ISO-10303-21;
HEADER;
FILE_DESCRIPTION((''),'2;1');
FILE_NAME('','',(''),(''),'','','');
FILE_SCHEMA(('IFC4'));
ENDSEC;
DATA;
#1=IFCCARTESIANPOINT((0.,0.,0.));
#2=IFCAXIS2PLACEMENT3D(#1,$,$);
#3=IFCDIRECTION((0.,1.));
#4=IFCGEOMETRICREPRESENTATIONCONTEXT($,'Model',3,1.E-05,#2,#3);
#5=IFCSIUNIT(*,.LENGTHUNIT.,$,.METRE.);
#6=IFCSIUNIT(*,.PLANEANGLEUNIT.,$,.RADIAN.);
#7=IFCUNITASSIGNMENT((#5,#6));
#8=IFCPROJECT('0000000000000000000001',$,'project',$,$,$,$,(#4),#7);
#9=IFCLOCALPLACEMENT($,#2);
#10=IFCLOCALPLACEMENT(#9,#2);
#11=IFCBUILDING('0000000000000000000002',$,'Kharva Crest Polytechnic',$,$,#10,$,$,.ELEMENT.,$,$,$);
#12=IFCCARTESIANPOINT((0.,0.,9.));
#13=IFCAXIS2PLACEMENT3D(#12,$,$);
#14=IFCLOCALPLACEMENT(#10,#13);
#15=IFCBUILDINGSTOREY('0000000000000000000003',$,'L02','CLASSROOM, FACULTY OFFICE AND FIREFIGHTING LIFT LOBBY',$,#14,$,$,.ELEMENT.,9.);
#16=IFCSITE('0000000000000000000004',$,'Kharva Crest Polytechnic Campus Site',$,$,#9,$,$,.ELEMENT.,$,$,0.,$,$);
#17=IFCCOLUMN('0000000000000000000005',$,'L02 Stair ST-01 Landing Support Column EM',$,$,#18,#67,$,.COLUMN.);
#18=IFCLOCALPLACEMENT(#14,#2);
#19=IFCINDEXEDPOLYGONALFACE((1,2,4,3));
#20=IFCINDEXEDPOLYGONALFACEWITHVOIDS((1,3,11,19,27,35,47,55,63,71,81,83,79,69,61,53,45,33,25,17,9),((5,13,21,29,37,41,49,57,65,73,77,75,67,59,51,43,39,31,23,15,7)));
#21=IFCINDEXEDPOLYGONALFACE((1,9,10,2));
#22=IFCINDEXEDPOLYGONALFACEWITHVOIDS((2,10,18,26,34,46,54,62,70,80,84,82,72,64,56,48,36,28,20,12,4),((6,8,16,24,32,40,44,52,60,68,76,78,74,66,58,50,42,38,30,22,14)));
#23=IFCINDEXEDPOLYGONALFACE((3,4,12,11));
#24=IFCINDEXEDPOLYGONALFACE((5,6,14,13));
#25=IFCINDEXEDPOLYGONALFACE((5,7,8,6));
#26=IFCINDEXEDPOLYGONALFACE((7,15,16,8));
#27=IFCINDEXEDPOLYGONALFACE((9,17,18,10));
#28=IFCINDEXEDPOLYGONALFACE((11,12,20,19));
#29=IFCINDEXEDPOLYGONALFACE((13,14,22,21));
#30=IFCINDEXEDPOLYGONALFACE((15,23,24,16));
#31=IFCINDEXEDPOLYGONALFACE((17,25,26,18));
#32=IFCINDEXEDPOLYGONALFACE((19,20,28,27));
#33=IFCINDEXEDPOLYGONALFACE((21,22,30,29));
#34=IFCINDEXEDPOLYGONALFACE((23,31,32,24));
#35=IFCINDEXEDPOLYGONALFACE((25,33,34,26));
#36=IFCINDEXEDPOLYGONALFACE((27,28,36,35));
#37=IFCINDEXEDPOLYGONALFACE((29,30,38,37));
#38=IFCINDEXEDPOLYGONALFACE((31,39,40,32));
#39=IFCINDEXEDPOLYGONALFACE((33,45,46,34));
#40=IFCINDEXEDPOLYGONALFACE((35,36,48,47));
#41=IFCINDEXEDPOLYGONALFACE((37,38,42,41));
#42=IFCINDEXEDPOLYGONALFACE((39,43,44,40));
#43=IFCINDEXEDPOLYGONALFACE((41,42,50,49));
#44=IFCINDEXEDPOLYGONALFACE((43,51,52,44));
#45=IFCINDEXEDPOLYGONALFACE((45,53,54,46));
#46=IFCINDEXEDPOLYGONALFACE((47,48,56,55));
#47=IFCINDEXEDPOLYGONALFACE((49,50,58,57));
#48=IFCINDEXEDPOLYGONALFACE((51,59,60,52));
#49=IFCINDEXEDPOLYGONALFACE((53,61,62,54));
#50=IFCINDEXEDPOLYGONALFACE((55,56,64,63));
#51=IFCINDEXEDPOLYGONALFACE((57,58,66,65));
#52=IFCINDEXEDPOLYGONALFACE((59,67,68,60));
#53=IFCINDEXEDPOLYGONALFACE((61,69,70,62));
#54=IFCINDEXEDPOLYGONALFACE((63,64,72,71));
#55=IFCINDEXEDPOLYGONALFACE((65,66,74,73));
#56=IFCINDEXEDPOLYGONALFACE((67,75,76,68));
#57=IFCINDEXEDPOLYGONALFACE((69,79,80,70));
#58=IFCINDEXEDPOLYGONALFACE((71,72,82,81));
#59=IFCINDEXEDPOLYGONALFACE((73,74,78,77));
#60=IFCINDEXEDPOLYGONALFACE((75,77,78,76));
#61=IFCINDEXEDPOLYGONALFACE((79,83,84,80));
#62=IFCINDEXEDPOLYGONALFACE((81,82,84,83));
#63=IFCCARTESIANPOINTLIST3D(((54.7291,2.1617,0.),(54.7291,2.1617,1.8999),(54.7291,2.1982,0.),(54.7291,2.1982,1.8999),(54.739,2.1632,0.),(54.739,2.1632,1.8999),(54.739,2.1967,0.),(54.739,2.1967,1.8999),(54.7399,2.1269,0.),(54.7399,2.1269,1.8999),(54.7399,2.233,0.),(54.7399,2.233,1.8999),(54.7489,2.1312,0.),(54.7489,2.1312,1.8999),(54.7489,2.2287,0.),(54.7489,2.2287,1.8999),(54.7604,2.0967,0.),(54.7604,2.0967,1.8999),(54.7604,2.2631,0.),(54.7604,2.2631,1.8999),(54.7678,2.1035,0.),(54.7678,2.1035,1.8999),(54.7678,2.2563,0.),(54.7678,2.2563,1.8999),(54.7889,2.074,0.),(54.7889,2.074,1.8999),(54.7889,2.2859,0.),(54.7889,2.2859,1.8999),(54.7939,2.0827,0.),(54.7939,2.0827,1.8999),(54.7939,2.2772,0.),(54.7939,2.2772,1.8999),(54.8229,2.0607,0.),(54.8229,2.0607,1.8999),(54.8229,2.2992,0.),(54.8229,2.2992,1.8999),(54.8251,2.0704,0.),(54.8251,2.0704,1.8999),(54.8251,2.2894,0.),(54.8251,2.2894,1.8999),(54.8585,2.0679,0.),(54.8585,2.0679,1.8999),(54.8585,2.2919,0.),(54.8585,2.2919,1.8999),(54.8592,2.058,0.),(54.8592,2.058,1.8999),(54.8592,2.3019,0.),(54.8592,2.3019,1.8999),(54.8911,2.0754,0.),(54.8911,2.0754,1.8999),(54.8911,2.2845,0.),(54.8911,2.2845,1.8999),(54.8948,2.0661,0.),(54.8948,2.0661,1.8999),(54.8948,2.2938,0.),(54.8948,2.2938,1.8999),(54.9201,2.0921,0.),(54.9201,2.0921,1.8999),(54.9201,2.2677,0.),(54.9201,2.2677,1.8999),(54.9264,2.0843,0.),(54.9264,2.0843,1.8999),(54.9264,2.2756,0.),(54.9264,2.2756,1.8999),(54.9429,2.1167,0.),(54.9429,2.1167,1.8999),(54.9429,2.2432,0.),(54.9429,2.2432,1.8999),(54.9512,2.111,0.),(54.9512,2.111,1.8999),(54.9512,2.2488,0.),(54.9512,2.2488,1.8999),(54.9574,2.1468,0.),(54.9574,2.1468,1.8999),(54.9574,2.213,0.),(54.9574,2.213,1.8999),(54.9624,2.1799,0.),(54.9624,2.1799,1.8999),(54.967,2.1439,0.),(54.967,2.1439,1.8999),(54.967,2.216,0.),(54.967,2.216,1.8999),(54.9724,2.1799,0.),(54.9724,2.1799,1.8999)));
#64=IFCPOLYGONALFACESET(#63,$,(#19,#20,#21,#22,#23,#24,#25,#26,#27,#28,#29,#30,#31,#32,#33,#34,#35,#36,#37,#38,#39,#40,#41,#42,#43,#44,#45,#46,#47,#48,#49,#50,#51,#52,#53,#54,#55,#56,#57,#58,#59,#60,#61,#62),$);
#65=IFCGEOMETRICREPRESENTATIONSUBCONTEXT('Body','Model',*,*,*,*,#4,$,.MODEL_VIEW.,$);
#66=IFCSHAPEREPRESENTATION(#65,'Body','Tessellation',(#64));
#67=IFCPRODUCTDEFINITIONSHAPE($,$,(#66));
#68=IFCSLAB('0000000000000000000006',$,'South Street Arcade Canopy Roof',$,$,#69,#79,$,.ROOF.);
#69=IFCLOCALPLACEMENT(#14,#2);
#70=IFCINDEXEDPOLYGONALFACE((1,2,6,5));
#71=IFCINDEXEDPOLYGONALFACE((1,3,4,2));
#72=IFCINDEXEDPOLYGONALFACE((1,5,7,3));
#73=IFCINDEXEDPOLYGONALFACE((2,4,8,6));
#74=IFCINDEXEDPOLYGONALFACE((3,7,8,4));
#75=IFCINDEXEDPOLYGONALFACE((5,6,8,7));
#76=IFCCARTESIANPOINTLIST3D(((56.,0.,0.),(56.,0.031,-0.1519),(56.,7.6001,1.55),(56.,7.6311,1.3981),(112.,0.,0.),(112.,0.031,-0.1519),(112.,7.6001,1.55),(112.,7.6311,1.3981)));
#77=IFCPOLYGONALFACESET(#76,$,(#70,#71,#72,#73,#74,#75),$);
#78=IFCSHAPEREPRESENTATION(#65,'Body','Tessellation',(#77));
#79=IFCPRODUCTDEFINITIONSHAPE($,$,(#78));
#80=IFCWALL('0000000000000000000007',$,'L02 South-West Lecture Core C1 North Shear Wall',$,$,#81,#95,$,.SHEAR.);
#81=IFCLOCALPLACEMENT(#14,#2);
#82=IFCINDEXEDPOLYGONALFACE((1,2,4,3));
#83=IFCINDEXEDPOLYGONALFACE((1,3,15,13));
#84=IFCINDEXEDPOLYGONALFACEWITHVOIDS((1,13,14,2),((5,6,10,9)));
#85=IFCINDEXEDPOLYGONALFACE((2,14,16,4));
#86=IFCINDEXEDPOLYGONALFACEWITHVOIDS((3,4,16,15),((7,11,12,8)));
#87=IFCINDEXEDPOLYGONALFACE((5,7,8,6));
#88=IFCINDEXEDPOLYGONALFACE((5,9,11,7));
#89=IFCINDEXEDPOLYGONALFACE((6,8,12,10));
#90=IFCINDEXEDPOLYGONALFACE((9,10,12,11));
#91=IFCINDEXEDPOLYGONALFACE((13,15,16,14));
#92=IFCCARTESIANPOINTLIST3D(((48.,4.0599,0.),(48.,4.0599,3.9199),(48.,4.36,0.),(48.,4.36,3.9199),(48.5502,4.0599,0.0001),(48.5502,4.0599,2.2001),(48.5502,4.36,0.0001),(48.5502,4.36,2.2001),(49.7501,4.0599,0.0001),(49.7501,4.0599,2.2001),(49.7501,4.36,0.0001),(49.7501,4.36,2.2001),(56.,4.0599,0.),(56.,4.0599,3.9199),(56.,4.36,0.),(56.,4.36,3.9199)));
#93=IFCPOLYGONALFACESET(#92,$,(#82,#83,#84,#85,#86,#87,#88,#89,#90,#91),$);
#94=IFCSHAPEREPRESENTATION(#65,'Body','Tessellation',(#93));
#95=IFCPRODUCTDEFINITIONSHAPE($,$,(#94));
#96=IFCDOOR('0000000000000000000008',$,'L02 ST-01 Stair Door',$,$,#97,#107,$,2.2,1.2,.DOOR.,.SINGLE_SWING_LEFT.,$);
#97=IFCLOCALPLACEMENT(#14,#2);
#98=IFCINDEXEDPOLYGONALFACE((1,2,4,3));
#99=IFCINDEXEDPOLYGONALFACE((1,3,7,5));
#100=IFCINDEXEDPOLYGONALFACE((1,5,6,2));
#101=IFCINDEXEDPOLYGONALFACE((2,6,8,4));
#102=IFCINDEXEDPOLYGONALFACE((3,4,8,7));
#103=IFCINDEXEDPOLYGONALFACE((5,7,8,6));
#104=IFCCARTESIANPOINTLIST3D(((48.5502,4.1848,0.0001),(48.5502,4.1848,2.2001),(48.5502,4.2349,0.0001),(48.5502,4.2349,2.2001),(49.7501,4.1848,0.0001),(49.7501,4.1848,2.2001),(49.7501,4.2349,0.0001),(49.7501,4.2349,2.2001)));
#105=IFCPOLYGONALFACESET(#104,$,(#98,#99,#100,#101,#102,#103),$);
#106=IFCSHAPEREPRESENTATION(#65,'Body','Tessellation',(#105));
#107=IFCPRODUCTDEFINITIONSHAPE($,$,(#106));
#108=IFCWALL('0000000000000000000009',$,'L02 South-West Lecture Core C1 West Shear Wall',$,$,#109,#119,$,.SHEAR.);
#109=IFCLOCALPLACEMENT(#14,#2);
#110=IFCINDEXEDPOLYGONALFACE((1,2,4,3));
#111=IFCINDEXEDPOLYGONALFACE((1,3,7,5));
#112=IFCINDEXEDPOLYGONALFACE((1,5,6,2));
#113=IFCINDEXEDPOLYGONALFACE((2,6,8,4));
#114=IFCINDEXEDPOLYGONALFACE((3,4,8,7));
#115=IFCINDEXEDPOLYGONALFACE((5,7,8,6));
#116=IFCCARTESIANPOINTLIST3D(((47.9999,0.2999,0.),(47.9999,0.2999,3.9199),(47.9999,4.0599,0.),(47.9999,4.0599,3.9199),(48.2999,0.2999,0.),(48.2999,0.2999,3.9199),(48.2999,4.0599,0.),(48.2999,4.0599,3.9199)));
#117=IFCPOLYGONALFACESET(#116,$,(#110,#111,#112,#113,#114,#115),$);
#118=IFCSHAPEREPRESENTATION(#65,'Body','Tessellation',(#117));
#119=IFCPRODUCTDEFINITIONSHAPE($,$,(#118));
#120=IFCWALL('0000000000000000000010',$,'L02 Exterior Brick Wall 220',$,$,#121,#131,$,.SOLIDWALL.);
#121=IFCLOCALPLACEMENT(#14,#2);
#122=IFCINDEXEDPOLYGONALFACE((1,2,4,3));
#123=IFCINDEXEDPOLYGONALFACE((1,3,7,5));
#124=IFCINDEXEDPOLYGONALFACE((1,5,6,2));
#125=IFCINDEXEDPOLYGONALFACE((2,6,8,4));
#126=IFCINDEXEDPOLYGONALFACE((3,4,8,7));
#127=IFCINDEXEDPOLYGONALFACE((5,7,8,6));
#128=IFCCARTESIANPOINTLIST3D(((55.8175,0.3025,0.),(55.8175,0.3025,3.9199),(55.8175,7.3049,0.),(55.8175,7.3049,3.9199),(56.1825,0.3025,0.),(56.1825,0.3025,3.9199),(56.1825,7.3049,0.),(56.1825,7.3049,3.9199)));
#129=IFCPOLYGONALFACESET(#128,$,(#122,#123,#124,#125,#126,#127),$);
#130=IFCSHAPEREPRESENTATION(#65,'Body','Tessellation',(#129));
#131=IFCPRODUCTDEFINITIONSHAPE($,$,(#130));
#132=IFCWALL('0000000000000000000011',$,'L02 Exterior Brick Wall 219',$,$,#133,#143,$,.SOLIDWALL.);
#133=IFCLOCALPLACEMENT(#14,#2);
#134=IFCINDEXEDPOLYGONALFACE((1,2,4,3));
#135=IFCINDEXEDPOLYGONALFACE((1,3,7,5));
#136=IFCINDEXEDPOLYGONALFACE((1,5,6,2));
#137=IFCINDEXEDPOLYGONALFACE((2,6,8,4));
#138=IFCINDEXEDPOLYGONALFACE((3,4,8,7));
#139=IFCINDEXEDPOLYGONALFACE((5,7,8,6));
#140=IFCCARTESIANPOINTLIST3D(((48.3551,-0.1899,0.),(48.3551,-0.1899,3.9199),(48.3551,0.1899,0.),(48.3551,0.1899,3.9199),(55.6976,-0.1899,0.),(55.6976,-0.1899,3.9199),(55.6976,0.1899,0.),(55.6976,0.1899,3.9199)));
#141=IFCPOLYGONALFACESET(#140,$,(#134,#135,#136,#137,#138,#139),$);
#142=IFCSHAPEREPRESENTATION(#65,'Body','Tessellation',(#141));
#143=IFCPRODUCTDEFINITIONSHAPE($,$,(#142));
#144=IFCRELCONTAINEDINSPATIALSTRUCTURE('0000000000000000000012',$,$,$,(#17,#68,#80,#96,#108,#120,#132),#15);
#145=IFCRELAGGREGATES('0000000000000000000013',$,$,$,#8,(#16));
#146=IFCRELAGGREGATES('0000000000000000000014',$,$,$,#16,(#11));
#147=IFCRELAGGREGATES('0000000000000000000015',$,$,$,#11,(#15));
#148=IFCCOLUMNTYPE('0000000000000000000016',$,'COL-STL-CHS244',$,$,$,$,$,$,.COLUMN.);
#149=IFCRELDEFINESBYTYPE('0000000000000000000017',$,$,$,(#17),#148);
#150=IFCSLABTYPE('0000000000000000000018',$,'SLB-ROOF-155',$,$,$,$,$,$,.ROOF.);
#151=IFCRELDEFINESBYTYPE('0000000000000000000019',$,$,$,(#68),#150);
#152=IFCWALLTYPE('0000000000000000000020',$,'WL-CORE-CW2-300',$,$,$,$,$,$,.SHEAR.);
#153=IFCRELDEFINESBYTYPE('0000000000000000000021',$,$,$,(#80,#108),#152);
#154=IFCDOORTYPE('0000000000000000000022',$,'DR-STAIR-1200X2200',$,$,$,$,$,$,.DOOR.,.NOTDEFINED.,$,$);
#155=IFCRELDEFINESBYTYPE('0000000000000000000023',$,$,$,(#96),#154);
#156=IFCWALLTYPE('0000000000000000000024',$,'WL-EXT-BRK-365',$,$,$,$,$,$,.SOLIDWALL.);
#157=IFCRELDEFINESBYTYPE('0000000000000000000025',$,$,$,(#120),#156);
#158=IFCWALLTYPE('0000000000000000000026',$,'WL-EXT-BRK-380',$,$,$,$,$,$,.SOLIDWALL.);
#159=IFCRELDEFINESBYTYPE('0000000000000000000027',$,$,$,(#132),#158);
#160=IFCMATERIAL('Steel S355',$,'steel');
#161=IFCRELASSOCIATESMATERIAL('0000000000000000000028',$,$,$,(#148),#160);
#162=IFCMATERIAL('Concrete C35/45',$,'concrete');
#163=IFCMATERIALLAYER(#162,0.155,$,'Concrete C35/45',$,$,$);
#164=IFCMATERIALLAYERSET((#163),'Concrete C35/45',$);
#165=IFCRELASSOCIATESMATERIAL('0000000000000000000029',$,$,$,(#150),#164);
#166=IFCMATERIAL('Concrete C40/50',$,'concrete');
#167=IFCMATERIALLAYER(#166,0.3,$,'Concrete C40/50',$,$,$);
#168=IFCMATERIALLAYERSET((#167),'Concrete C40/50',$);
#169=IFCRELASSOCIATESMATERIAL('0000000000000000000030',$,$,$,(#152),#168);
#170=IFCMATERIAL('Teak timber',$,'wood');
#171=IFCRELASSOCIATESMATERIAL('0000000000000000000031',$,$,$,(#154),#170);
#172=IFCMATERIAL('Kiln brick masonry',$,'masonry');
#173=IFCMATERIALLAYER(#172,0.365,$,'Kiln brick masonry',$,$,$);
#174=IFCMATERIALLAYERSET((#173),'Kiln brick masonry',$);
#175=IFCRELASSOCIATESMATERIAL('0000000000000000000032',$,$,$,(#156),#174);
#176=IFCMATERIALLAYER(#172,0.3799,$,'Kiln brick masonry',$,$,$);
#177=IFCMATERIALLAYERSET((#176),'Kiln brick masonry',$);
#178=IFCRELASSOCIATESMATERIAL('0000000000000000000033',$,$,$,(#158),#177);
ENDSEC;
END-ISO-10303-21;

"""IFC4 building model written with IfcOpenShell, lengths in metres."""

from ifc_helpers import new_model, si_unit, direction, frame, frame_2d, origin, origin_2d, place, context, subcontext, project, spatial, polyline, rectangle, hollow_circle, outline, extrude, material, layer, layer_set, material_profile, profile_set, type_object, element, fill, save


model = new_model("IFC4")

# Units and contexts
model_context = context("Model", 3, precision=1e-05, world=origin(), true_north=direction((0.0, 1.0)))
body_context = subcontext(model_context, "Body", "Model", "MODEL_VIEW")
ifc_project = project(units=[si_unit("LENGTHUNIT", "METRE"), si_unit("PLANEANGLEUNIT", "RADIAN")], contexts=[model_context])

# Site, building, storey
site_placement = place(None, origin())
site = spatial("IfcSite", under=ifc_project, at=site_placement, Name="Kharva Crest Polytechnic Campus Site", CompositionType="ELEMENT", RefElevation=0.0)
building_placement = place(site_placement, origin())
building = spatial("IfcBuilding", under=site, at=building_placement, Name="Kharva Crest Polytechnic", CompositionType="ELEMENT")
storey_placement = place(building_placement, frame((0.0, 0.0, 9.0)))
storey = spatial("IfcBuildingStorey", under=building, at=storey_placement, Name="L02", Description="CLASSROOM, FACULTY OFFICE AND FIREFIGHTING LIFT LOBBY", CompositionType="ELEMENT", Elevation=9.0)

# Column
ifc_material_1 = material(Name="Concrete C40/50", Category="concrete")
ifc_material_2 = material(Name="Steel S355", Category="steel")
ifc_material_profile_1 = material_profile(ifc_material_2, hollow_circle(Radius=0.1223, WallThickness=0.01, at=origin_2d()), Name="CHS 244.5X10.0")
ifc_profile_set_1 = profile_set([ifc_material_profile_1], Name="Steel S355")
column_type_1 = type_object("IfcColumnType", Name="COL-STL-CHS244", PredefinedType="COLUMN", material=ifc_profile_set_1)
for number, where, z_axis, x_axis, name in (
    (1, (54.8501, 2.1799, 0.0), (0.0, 0.0, 1.0), (1.0, 0.0, 0.0), "L02 Stair ST-01 Landing Support Column EM"),
):
    element("IfcColumn", number, at=place(storey_placement, frame(where, z_axis=z_axis, x_axis=x_axis)), inside=storey, type_object=column_type_1, Name=name, PredefinedType="COLUMN", context=body_context, shape_type="SweptSolid", body=[
        extrude(hollow_circle(Radius=0.1223, WallThickness=0.01, at=origin_2d()), origin(), (0.0, 0.0, 1.0), 1.8999),
    ])

# Slab
ifc_material_3 = material(Name="Concrete C35/45", Category="concrete")
ifc_layer_1 = layer(ifc_material_3, 0.155, Name="Concrete C35/45")
ifc_layer_set_1 = layer_set([ifc_layer_1], Name="Concrete C35/45")
slab_type = type_object("IfcSlabType", Name="SLB-ROOF-155", PredefinedType="ROOF", material=ifc_layer_set_1)
slab_placement = place(storey_placement, frame((56.0, 0.0, 0.0), z_axis=(0.0, -0.199837, 0.979829), x_axis=(1.0, 0.0, 0.0)))
element("IfcSlab", 2, at=slab_placement, inside=storey, type_object=slab_type, Name="South Street Arcade Canopy Roof", PredefinedType="ROOF", context=body_context, shape_type="SweptSolid", body=[
    extrude(outline(polyline([(0.0, 0.0), (56.0, 0.0), (56.0, 7.7566), (0.0, 7.7566), (0.0, 0.0)])), origin(), (0.0, 0.0, -1.0), 0.155),
])

# Wall, opening, door
ifc_layer_2 = layer(ifc_material_1, 0.3, Name="Concrete C40/50")
ifc_layer_set_2 = layer_set([ifc_layer_2], Name="Concrete C40/50")
wall_type_1 = type_object("IfcWallType", Name="WL-CORE-CW2-300", PredefinedType="SHEAR", material=ifc_layer_set_2)
wall_1_placement = place(storey_placement, frame((48.0, 4.21, 0.0), z_axis=(0.0, 0.0, 1.0), x_axis=(1.0, 0.0, 0.0)))
wall_1 = element("IfcWall", 3, at=wall_1_placement, inside=storey, type_object=wall_type_1, Name="L02 South-West Lecture Core C1 North Shear Wall", PredefinedType="SHEAR", context=body_context, shape_type="SweptSolid", body=[
    extrude(rectangle(XDim=8.0, YDim=0.3, at=frame_2d((4.0, 0.0))), origin(), (0.0, 0.0, 1.0), 3.9199),
])
opening_placement = place(wall_1_placement, frame((0.55, 0.0, 0.0)))
opening = element("IfcOpeningElement", 4, at=opening_placement, cuts=wall_1, PredefinedType="OPENING", context=body_context, shape_type="SweptSolid", body=[
    extrude(rectangle(XDim=1.2, YDim=2.2, at=frame_2d((0.6001, 1.1001))), frame((0.0, 0.1599, 0.0), z_axis=(0.0, -1.0, 0.0), x_axis=(1.0, 0.0, 0.0)), (0.0, 0.0, 1.0), 0.3201),
])
ifc_material_4 = material(Name="Teak timber", Category="wood")
door_type = type_object("IfcDoorType", Name="DR-STAIR-1200X2200", OperationType="NOTDEFINED", PredefinedType="DOOR", material=ifc_material_4)
door_placement = place(opening_placement, origin())
door = element("IfcDoor", 5, at=door_placement, inside=storey, type_object=door_type, Name="L02 ST-01 Stair Door", OperationType="SINGLE_SWING_LEFT", OverallHeight=2.2, OverallWidth=1.2, PredefinedType="DOOR", context=body_context, shape_type="SweptSolid", body=[
    extrude(rectangle(XDim=1.2, YDim=2.2, at=frame_2d((0.6001, 1.1001))), frame((0.0, 0.0249, 0.0), z_axis=(0.0, -1.0, 0.0), x_axis=(1.0, 0.0, 0.0)), (0.0, 0.0, 1.0), 0.05),
])
fill(opening, door)

# Walls
wall_2_placement = place(storey_placement, frame((48.1499, 0.3, 0.0), z_axis=(0.0, 0.0, 1.0), x_axis=(0.0, 1.0, 0.0)))
element("IfcWall", 6, at=wall_2_placement, inside=storey, type_object=wall_type_1, Name="L02 South-West Lecture Core C1 West Shear Wall", PredefinedType="SHEAR", context=body_context, shape_type="SweptSolid", body=[
    extrude(rectangle(XDim=3.76, YDim=0.3, at=frame_2d((1.8799, 0.0))), origin(), (0.0, 0.0, 1.0), 3.9199),
])
ifc_material_5 = material(Name="Kiln brick masonry", Category="masonry")
ifc_layer_3 = layer(ifc_material_5, 0.365, Name="Kiln brick masonry")
ifc_layer_set_3 = layer_set([ifc_layer_3], Name="Kiln brick masonry")
wall_type_2 = type_object("IfcWallType", Name="WL-EXT-BRK-365", PredefinedType="SOLIDWALL", material=ifc_layer_set_3)
wall_3_placement = place(storey_placement, frame((56.0, 0.3025, 0.0), z_axis=(0.0, 0.0, 1.0), x_axis=(0.0, 1.0, 0.0)))
element("IfcWall", 7, at=wall_3_placement, inside=storey, type_object=wall_type_2, Name="L02 Exterior Brick Wall 220", PredefinedType="SOLIDWALL", context=body_context, shape_type="SweptSolid", body=[
    extrude(rectangle(XDim=7.0024, YDim=0.365, at=frame_2d((3.5012, 0.0))), origin(), (0.0, 0.0, 1.0), 3.9199),
])
ifc_layer_4 = layer(ifc_material_5, 0.3799, Name="Kiln brick masonry")
ifc_layer_set_4 = layer_set([ifc_layer_4], Name="Kiln brick masonry")
wall_type_3 = type_object("IfcWallType", Name="WL-EXT-BRK-380", PredefinedType="SOLIDWALL", material=ifc_layer_set_4)
wall_4_placement = place(storey_placement, frame((48.355, 0.0, 0.0), z_axis=(0.0, 0.0, 1.0), x_axis=(1.0, 0.0, 0.0)))
element("IfcWall", 8, at=wall_4_placement, inside=storey, type_object=wall_type_3, Name="L02 Exterior Brick Wall 219", PredefinedType="SOLIDWALL", context=body_context, shape_type="SweptSolid", body=[
    extrude(rectangle(XDim=7.3425, YDim=0.3799, at=frame_2d((3.6714, 0.0))), origin(), (0.0, 0.0, 1.0), 3.9199),
])

save(model, "model.ifc")
